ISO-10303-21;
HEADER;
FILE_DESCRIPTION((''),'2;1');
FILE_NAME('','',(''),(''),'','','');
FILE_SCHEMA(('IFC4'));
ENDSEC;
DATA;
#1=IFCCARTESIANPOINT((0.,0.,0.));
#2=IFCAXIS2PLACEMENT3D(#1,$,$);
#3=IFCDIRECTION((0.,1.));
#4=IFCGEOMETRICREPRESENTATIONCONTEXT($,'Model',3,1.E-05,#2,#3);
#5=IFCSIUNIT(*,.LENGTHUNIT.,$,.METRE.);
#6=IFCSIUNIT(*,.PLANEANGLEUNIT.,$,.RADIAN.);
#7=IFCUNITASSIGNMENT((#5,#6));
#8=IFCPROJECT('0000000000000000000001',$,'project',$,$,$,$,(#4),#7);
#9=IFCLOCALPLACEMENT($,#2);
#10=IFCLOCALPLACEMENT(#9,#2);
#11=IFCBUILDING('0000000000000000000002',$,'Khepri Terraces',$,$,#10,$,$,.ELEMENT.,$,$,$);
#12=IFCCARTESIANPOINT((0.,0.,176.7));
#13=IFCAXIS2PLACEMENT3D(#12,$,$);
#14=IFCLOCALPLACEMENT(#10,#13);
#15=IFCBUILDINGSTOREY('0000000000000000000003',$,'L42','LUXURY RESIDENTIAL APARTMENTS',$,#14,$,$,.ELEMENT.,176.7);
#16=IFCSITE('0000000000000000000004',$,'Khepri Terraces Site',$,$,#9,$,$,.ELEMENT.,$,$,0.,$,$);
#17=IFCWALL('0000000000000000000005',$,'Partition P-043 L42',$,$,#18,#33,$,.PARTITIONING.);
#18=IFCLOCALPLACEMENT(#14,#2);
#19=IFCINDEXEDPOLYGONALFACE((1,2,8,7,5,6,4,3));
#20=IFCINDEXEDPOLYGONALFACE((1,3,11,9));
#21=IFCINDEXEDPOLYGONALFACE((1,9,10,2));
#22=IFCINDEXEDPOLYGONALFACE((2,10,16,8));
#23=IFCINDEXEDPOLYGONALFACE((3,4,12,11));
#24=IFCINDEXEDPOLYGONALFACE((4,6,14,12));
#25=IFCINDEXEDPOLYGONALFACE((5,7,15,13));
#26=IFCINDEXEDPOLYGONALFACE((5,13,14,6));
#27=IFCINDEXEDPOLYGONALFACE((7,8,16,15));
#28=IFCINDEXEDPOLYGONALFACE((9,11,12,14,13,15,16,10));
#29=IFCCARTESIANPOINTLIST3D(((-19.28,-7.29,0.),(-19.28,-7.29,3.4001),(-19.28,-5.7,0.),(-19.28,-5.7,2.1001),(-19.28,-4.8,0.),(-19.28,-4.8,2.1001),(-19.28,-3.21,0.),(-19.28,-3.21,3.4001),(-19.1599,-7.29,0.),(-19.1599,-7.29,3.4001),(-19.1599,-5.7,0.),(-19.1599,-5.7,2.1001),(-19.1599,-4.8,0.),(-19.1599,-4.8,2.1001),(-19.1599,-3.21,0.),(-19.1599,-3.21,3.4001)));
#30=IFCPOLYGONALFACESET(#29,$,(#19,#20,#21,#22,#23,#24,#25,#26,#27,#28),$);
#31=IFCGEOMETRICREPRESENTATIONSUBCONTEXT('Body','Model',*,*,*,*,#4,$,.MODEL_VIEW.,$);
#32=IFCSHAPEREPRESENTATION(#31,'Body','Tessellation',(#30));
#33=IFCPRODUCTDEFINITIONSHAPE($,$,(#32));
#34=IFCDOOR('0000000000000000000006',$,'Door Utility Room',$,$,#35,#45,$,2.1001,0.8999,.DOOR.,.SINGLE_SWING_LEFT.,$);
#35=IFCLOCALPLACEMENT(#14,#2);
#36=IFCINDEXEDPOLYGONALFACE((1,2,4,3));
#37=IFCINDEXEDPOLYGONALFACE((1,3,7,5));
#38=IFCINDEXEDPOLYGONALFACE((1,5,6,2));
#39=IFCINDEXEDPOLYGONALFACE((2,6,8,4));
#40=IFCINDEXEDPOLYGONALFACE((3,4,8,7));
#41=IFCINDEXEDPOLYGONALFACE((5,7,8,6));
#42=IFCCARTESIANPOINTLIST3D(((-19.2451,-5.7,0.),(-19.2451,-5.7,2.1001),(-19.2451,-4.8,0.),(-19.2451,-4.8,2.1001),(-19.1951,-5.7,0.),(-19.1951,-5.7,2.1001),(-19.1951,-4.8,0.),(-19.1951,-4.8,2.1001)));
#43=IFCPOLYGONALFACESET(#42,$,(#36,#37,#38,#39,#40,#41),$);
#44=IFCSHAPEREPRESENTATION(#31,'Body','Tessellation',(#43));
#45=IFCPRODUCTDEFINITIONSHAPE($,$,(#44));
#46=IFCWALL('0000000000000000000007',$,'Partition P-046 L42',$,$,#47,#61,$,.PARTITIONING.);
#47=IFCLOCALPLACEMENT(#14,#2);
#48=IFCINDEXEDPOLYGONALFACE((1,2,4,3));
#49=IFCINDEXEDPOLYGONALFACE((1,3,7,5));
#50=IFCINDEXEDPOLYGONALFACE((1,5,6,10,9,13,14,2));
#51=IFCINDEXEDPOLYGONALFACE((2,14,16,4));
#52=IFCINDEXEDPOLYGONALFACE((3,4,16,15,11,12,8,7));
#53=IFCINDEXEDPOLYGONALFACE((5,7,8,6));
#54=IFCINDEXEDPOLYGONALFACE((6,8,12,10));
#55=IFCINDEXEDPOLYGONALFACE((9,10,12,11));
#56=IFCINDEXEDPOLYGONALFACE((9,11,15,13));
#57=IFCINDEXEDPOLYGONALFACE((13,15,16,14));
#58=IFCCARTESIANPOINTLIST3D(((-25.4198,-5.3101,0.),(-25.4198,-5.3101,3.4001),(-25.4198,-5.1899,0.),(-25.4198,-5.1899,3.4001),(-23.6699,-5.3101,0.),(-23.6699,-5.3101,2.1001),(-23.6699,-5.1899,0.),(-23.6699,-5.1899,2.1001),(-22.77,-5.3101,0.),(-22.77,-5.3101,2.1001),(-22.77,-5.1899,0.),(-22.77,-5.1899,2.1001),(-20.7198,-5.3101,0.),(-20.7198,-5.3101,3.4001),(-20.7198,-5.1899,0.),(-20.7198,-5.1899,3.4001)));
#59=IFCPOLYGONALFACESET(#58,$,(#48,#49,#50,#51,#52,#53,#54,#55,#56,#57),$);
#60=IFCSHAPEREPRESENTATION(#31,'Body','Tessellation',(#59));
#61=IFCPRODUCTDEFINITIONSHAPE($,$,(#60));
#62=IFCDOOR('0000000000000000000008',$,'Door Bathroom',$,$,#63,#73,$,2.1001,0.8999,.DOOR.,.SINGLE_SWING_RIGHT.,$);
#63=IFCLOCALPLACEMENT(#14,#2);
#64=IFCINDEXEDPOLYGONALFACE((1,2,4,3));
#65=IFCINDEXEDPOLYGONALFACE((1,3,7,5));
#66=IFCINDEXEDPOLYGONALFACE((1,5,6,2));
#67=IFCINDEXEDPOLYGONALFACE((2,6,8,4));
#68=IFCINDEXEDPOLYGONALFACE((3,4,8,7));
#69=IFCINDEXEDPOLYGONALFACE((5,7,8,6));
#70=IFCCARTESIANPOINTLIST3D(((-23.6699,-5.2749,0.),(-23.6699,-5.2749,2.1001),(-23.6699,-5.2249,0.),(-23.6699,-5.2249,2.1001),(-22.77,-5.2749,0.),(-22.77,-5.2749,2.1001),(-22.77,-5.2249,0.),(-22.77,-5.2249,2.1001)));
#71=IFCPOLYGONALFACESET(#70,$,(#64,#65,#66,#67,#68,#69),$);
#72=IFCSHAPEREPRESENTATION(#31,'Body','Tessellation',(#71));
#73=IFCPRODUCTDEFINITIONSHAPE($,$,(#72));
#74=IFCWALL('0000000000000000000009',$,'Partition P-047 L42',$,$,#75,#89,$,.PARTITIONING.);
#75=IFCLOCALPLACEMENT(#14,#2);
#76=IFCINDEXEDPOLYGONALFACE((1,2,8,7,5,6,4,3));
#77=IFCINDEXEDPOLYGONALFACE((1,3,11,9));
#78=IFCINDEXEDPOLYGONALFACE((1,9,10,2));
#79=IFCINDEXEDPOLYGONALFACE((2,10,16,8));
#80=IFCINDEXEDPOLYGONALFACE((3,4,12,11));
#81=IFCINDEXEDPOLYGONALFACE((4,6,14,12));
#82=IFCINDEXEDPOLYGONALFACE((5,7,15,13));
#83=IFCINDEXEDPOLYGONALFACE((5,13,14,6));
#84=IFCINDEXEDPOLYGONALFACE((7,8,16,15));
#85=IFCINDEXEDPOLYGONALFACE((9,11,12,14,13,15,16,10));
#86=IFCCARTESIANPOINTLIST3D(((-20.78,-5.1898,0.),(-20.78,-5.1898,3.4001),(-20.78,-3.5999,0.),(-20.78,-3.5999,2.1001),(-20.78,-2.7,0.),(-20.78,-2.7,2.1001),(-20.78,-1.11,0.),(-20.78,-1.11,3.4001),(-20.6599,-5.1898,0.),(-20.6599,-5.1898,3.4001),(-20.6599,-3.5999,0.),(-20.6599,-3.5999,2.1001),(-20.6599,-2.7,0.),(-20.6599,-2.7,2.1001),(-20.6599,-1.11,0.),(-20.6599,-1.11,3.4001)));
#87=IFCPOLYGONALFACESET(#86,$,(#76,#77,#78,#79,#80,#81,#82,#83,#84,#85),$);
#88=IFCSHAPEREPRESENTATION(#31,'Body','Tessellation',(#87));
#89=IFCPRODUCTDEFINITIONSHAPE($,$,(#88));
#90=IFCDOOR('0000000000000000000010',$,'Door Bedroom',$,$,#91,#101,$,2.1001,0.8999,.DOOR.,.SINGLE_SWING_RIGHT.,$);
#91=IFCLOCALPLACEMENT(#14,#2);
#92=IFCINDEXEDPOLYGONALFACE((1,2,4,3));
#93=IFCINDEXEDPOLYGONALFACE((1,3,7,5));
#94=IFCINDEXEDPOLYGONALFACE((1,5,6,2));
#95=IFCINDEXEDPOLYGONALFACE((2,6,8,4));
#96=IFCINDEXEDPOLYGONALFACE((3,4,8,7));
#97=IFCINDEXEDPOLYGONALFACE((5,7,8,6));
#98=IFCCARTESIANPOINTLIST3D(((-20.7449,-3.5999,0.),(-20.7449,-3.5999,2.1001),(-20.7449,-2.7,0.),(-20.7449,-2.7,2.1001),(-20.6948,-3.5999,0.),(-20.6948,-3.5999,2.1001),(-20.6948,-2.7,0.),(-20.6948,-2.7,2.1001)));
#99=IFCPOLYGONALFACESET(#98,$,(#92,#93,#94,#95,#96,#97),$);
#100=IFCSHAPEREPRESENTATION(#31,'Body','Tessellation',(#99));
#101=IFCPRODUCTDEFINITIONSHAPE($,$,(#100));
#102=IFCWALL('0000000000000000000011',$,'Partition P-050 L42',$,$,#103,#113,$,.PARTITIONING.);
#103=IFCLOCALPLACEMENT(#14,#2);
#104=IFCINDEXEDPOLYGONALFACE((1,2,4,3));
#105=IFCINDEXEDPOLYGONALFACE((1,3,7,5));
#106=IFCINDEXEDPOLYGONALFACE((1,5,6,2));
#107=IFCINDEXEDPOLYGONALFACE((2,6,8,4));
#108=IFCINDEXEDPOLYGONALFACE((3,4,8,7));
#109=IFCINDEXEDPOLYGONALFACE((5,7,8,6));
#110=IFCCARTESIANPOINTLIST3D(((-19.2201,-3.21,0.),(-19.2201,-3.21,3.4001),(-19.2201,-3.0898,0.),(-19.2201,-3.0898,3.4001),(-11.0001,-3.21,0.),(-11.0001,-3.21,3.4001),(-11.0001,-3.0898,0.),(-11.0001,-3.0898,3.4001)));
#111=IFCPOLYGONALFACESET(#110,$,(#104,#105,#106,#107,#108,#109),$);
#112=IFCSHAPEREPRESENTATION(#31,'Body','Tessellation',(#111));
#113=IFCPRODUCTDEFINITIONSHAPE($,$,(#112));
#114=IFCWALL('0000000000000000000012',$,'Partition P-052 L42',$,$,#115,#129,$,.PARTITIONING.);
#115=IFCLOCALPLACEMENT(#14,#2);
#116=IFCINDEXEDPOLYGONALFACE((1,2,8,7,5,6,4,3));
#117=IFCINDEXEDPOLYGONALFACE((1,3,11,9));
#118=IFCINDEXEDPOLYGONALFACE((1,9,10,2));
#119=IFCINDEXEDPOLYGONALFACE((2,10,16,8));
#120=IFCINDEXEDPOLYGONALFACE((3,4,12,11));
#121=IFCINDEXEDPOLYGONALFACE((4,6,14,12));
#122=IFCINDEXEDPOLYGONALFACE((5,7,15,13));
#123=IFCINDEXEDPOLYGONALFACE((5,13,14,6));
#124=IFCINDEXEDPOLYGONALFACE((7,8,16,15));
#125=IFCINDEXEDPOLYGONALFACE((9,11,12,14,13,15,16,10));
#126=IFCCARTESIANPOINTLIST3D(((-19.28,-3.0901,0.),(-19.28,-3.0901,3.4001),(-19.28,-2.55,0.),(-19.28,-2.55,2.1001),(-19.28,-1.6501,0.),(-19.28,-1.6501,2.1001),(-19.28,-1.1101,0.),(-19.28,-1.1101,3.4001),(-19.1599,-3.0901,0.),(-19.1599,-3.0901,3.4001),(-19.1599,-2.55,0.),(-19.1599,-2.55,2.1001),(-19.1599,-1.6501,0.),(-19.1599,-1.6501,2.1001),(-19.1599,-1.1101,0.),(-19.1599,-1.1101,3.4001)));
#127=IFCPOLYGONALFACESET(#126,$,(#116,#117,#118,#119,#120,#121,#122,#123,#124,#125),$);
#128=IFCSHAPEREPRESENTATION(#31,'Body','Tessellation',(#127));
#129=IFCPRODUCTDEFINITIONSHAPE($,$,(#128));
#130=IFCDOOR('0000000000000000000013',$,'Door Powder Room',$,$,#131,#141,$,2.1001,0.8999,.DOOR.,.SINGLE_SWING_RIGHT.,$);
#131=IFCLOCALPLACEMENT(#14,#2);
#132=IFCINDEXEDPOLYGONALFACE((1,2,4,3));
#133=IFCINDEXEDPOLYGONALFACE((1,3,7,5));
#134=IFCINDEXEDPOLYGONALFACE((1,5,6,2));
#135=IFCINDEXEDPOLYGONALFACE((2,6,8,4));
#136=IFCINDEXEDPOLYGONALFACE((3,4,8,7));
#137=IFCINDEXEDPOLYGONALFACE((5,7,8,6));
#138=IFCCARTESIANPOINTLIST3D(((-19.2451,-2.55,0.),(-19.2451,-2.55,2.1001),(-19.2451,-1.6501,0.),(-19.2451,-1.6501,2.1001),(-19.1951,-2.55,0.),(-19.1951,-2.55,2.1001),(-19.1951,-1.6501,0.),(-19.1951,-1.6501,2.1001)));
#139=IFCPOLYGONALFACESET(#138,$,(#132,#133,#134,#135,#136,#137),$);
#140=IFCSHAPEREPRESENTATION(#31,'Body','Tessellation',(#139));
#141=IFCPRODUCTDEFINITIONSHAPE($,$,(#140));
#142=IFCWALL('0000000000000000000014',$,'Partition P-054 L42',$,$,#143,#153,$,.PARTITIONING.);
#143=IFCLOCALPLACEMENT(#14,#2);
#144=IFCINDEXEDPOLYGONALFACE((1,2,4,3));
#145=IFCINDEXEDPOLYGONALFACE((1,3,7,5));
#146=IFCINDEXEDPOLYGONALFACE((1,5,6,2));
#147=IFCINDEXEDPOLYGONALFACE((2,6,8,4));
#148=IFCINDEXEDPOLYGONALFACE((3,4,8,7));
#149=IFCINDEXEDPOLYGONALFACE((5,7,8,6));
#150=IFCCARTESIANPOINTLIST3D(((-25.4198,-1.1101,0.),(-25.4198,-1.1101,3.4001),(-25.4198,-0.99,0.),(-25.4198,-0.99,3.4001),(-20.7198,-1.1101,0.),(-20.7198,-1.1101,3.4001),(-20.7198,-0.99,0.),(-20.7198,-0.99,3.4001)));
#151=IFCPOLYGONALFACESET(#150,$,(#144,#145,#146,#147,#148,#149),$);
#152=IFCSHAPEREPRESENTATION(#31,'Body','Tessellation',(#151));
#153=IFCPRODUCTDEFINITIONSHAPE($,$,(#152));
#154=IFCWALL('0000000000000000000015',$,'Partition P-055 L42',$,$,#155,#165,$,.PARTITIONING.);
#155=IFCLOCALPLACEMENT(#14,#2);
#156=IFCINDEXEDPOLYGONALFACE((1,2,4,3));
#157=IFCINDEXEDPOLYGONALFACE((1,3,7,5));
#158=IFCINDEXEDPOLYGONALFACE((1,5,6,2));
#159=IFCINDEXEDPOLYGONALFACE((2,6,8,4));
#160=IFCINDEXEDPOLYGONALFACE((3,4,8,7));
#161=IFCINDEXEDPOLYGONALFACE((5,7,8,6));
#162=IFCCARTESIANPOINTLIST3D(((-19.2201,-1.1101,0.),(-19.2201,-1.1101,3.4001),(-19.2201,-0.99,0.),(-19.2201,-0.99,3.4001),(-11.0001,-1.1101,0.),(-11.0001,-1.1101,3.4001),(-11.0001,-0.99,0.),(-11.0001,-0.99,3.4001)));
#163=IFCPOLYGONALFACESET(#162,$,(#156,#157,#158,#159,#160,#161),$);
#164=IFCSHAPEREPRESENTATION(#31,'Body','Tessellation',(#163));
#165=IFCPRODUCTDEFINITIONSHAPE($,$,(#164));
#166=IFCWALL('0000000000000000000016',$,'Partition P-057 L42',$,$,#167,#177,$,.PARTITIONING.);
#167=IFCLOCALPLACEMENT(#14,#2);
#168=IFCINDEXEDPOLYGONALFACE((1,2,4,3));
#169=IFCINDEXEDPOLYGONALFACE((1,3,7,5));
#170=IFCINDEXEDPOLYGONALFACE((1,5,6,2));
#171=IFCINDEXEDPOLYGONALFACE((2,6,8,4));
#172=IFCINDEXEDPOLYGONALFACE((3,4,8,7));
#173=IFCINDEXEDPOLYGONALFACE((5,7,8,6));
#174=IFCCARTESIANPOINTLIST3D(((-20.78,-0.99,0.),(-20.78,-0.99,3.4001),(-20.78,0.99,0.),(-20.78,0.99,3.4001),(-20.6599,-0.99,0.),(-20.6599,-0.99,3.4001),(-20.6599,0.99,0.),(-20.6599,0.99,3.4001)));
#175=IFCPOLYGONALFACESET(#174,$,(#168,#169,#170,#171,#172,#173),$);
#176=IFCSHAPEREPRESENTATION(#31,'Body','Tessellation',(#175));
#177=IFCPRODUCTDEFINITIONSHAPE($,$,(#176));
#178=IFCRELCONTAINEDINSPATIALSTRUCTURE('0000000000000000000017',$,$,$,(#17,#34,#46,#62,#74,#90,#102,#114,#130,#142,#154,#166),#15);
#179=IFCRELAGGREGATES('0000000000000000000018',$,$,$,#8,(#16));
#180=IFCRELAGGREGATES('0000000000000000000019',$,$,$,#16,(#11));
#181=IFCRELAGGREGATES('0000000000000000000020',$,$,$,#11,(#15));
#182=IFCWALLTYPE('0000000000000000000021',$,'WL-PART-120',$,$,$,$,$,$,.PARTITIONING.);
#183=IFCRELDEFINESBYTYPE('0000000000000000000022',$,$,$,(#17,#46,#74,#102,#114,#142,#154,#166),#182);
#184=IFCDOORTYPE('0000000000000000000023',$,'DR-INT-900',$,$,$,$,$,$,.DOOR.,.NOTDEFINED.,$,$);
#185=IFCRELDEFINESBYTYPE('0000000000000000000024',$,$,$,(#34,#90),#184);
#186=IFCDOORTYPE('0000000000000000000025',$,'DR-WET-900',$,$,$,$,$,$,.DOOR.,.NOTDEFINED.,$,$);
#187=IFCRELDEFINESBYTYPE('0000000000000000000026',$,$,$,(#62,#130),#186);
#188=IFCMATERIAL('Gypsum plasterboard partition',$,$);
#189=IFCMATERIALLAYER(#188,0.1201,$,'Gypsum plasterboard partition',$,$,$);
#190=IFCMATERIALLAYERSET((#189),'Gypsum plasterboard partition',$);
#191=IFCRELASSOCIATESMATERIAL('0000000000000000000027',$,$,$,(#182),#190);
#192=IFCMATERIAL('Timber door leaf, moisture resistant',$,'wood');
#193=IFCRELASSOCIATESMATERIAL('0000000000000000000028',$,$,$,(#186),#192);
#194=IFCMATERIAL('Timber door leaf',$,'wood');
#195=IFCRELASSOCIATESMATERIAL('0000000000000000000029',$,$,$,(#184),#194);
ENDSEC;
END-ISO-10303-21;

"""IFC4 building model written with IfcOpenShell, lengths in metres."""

from ifc_helpers import new_model, si_unit, direction, frame, frame_2d, origin, place, context, subcontext, project, spatial, rectangle, extrude, material, layer, layer_set, type_object, element, fill, save


model = new_model("IFC4")

# Units and contexts
model_context = context("Model", 3, precision=1e-05, world=origin(), true_north=direction((0.0, 1.0)))
body_context = subcontext(model_context, "Body", "Model", "MODEL_VIEW")
ifc_project = project(units=[si_unit("LENGTHUNIT", "METRE"), si_unit("PLANEANGLEUNIT", "RADIAN")], contexts=[model_context])

# Site, building, storey
site_placement = place(None, origin())
site = spatial("IfcSite", under=ifc_project, at=site_placement, Name="Khepri Terraces Site", CompositionType="ELEMENT", RefElevation=0.0)
building_placement = place(site_placement, origin())
building = spatial("IfcBuilding", under=site, at=building_placement, Name="Khepri Terraces", CompositionType="ELEMENT")
storey_placement = place(building_placement, frame((0.0, 0.0, 176.7)))
storey = spatial("IfcBuildingStorey", under=building, at=storey_placement, Name="L42", Description="LUXURY RESIDENTIAL APARTMENTS", CompositionType="ELEMENT", Elevation=176.7)

# Shared definitions
ifc_material_1 = material(Name="Gypsum plasterboard partition")
ifc_layer_1 = layer(ifc_material_1, 0.1201, Name="Gypsum plasterboard partition")
ifc_layer_set_1 = layer_set([ifc_layer_1], Name="Gypsum plasterboard partition")
wall_type_1 = type_object("IfcWallType", Name="WL-PART-120", PredefinedType="PARTITIONING", material=ifc_layer_set_1)

# Shared definitions
ifc_material_2 = material(Name="Timber door leaf, moisture resistant", Category="wood")
door_type_1 = type_object("IfcDoorType", Name="DR-WET-900", OperationType="NOTDEFINED", PredefinedType="DOOR", material=ifc_material_2)

# Walls, openings, doors
wall_1_placement = place(storey_placement, frame((-19.22, -7.29, 0.0), z_axis=(0.0, 0.0, 1.0), x_axis=(0.0, 1.0, 0.0)))
wall_1 = element("IfcWall", 1, at=wall_1_placement, inside=storey, type_object=wall_type_1, Name="Partition P-043 L42", PredefinedType="PARTITIONING", context=body_context, shape_type="SweptSolid", body=[
    extrude(rectangle(XDim=4.0801, YDim=0.1201, at=frame_2d((2.04, 0.0))), origin(), (0.0, 0.0, 1.0), 3.4001),
])
opening_1_placement = place(wall_1_placement, frame((1.5901, 0.0, 0.0)))
opening_1 = element("IfcOpeningElement", 2, at=opening_1_placement, cuts=wall_1, PredefinedType="OPENING", context=body_context, shape_type="SweptSolid", body=[
    extrude(rectangle(XDim=0.8999, YDim=2.1001, at=frame_2d((0.45, 1.05))), frame((0.0, 0.0701, 0.0), z_axis=(0.0, -1.0, 0.0), x_axis=(1.0, 0.0, 0.0)), (0.0, 0.0, 1.0), 0.1401),
])
ifc_material_3 = material(Name="Timber door leaf", Category="wood")
door_type_2 = type_object("IfcDoorType", Name="DR-INT-900", OperationType="NOTDEFINED", PredefinedType="DOOR", material=ifc_material_3)
door_1_placement = place(opening_1_placement, frame((0.8999, 0.0, 0.0), z_axis=(0.0, 0.0, 1.0), x_axis=(-1.0, 0.0, 0.0)))
door_1 = element("IfcDoor", 3, at=door_1_placement, inside=storey, type_object=door_type_2, Name="Door Utility Room", OperationType="SINGLE_SWING_LEFT", OverallHeight=2.1001, OverallWidth=0.8999, PredefinedType="DOOR", context=body_context, shape_type="SweptSolid", body=[
    extrude(rectangle(XDim=0.8999, YDim=2.1001, at=frame_2d((0.45, 1.05))), frame((0.0, 0.0249, 0.0), z_axis=(0.0, -1.0, 0.0), x_axis=(1.0, 0.0, 0.0)), (0.0, 0.0, 1.0), 0.05),
])
fill(opening_1, door_1)
wall_2_placement = place(storey_placement, frame((-25.4199, -5.25, 0.0), z_axis=(0.0, 0.0, 1.0), x_axis=(1.0, 0.0, 0.0)))
wall_2 = element("IfcWall", 4, at=wall_2_placement, inside=storey, type_object=wall_type_1, Name="Partition P-046 L42", PredefinedType="PARTITIONING", context=body_context, shape_type="SweptSolid", body=[
    extrude(rectangle(XDim=4.7, YDim=0.1201, at=frame_2d((2.3501, 0.0))), origin(), (0.0, 0.0, 1.0), 3.4001),
])
opening_2_placement = place(wall_2_placement, frame((1.75, 0.0, 0.0)))
opening_2 = element("IfcOpeningElement", 5, at=opening_2_placement, cuts=wall_2, PredefinedType="OPENING", context=body_context, shape_type="SweptSolid", body=[
    extrude(rectangle(XDim=0.8999, YDim=2.1001, at=frame_2d((0.45, 1.05))), frame((0.0, 0.0701, 0.0), z_axis=(0.0, -1.0, 0.0), x_axis=(1.0, 0.0, 0.0)), (0.0, 0.0, 1.0), 0.1401),
])
door_2_placement = place(opening_2_placement, frame((0.8999, 0.0, 0.0), z_axis=(0.0, 0.0, 1.0), x_axis=(-1.0, 0.0, 0.0)))
door_2 = element("IfcDoor", 6, at=door_2_placement, inside=storey, type_object=door_type_1, Name="Door Bathroom", OperationType="SINGLE_SWING_RIGHT", OverallHeight=2.1001, OverallWidth=0.8999, PredefinedType="DOOR", context=body_context, shape_type="SweptSolid", body=[
    extrude(rectangle(XDim=0.8999, YDim=2.1001, at=frame_2d((0.45, 1.05))), frame((0.0, 0.0249, 0.0), z_axis=(0.0, -1.0, 0.0), x_axis=(1.0, 0.0, 0.0)), (0.0, 0.0, 1.0), 0.05),
])
fill(opening_2, door_2)
wall_3_placement = place(storey_placement, frame((-20.72, -5.1899, 0.0), z_axis=(0.0, 0.0, 1.0), x_axis=(0.0, 1.0, 0.0)))
wall_3 = element("IfcWall", 7, at=wall_3_placement, inside=storey, type_object=wall_type_1, Name="Partition P-047 L42", PredefinedType="PARTITIONING", context=body_context, shape_type="SweptSolid", body=[
    extrude(rectangle(XDim=4.0798, YDim=0.1201, at=frame_2d((2.04, 0.0))), origin(), (0.0, 0.0, 1.0), 3.4001),
])
opening_3_placement = place(wall_3_placement, frame((1.5901, 0.0, 0.0)))
opening_3 = element("IfcOpeningElement", 8, at=opening_3_placement, cuts=wall_3, PredefinedType="OPENING", context=body_context, shape_type="SweptSolid", body=[
    extrude(rectangle(XDim=0.8999, YDim=2.1001, at=frame_2d((0.45, 1.05))), frame((0.0, 0.0701, 0.0), z_axis=(0.0, -1.0, 0.0), x_axis=(1.0, 0.0, 0.0)), (0.0, 0.0, 1.0), 0.1401),
])
door_3_placement = place(opening_3_placement, origin())
door_3 = element("IfcDoor", 9, at=door_3_placement, inside=storey, type_object=door_type_2, Name="Door Bedroom", OperationType="SINGLE_SWING_RIGHT", OverallHeight=2.1001, OverallWidth=0.8999, PredefinedType="DOOR", context=body_context, shape_type="SweptSolid", body=[
    extrude(rectangle(XDim=0.8999, YDim=2.1001, at=frame_2d((0.45, 1.05))), frame((0.0, 0.0249, 0.0), z_axis=(0.0, -1.0, 0.0), x_axis=(1.0, 0.0, 0.0)), (0.0, 0.0, 1.0), 0.05),
])
fill(opening_3, door_3)

# Wall
wall_4_placement = place(storey_placement, frame((-19.22, -3.1499, 0.0), z_axis=(0.0, 0.0, 1.0), x_axis=(1.0, 0.0, 0.0)))
element("IfcWall", 10, at=wall_4_placement, inside=storey, type_object=wall_type_1, Name="Partition P-050 L42", PredefinedType="PARTITIONING", context=body_context, shape_type="SweptSolid", body=[
    extrude(rectangle(XDim=8.22, YDim=0.1201, at=frame_2d((4.1099, 0.0))), origin(), (0.0, 0.0, 1.0), 3.4001),
])

# Wall, opening, door
wall_5_placement = place(storey_placement, frame((-19.22, -3.0901, 0.0), z_axis=(0.0, 0.0, 1.0), x_axis=(0.0, 1.0, 0.0)))
wall_5 = element("IfcWall", 11, at=wall_5_placement, inside=storey, type_object=wall_type_1, Name="Partition P-052 L42", PredefinedType="PARTITIONING", context=body_context, shape_type="SweptSolid", body=[
    extrude(rectangle(XDim=1.98, YDim=0.1201, at=frame_2d((0.99, 0.0))), origin(), (0.0, 0.0, 1.0), 3.4001),
])
opening_4_placement = place(wall_5_placement, frame((0.54, 0.0, 0.0)))
opening_4 = element("IfcOpeningElement", 12, at=opening_4_placement, cuts=wall_5, PredefinedType="OPENING", context=body_context, shape_type="SweptSolid", body=[
    extrude(rectangle(XDim=0.8999, YDim=2.1001, at=frame_2d((0.45, 1.05))), frame((0.0, 0.0701, 0.0), z_axis=(0.0, -1.0, 0.0), x_axis=(1.0, 0.0, 0.0)), (0.0, 0.0, 1.0), 0.1401),
])
door_4_placement = place(opening_4_placement, frame((0.8999, 0.0, 0.0), z_axis=(0.0, 0.0, 1.0), x_axis=(-1.0, 0.0, 0.0)))
door_4 = element("IfcDoor", 13, at=door_4_placement, inside=storey, type_object=door_type_1, Name="Door Powder Room", OperationType="SINGLE_SWING_RIGHT", OverallHeight=2.1001, OverallWidth=0.8999, PredefinedType="DOOR", context=body_context, shape_type="SweptSolid", body=[
    extrude(rectangle(XDim=0.8999, YDim=2.1001, at=frame_2d((0.45, 1.05))), frame((0.0, 0.0249, 0.0), z_axis=(0.0, -1.0, 0.0), x_axis=(1.0, 0.0, 0.0)), (0.0, 0.0, 1.0), 0.05),
])
fill(opening_4, door_4)

# Walls
wall_6_placement = place(storey_placement, frame((-25.4199, -1.05, 0.0), z_axis=(0.0, 0.0, 1.0), x_axis=(1.0, 0.0, 0.0)))
element("IfcWall", 14, at=wall_6_placement, inside=storey, type_object=wall_type_1, Name="Partition P-054 L42", PredefinedType="PARTITIONING", context=body_context, shape_type="SweptSolid", body=[
    extrude(rectangle(XDim=4.7, YDim=0.1201, at=frame_2d((2.3501, 0.0))), origin(), (0.0, 0.0, 1.0), 3.4001),
])
wall_7_placement = place(storey_placement, frame((-19.22, -1.05, 0.0), z_axis=(0.0, 0.0, 1.0), x_axis=(1.0, 0.0, 0.0)))
element("IfcWall", 15, at=wall_7_placement, inside=storey, type_object=wall_type_1, Name="Partition P-055 L42", PredefinedType="PARTITIONING", context=body_context, shape_type="SweptSolid", body=[
    extrude(rectangle(XDim=8.22, YDim=0.1201, at=frame_2d((4.1099, 0.0))), origin(), (0.0, 0.0, 1.0), 3.4001),
])
wall_8_placement = place(storey_placement, frame((-20.72, -0.99, 0.0), z_axis=(0.0, 0.0, 1.0), x_axis=(0.0, 1.0, 0.0)))
element("IfcWall", 16, at=wall_8_placement, inside=storey, type_object=wall_type_1, Name="Partition P-057 L42", PredefinedType="PARTITIONING", context=body_context, shape_type="SweptSolid", body=[
    extrude(rectangle(XDim=1.98, YDim=0.1201, at=frame_2d((0.99, 0.0))), origin(), (0.0, 0.0, 1.0), 3.4001),
])

save(model, "model.ifc")
